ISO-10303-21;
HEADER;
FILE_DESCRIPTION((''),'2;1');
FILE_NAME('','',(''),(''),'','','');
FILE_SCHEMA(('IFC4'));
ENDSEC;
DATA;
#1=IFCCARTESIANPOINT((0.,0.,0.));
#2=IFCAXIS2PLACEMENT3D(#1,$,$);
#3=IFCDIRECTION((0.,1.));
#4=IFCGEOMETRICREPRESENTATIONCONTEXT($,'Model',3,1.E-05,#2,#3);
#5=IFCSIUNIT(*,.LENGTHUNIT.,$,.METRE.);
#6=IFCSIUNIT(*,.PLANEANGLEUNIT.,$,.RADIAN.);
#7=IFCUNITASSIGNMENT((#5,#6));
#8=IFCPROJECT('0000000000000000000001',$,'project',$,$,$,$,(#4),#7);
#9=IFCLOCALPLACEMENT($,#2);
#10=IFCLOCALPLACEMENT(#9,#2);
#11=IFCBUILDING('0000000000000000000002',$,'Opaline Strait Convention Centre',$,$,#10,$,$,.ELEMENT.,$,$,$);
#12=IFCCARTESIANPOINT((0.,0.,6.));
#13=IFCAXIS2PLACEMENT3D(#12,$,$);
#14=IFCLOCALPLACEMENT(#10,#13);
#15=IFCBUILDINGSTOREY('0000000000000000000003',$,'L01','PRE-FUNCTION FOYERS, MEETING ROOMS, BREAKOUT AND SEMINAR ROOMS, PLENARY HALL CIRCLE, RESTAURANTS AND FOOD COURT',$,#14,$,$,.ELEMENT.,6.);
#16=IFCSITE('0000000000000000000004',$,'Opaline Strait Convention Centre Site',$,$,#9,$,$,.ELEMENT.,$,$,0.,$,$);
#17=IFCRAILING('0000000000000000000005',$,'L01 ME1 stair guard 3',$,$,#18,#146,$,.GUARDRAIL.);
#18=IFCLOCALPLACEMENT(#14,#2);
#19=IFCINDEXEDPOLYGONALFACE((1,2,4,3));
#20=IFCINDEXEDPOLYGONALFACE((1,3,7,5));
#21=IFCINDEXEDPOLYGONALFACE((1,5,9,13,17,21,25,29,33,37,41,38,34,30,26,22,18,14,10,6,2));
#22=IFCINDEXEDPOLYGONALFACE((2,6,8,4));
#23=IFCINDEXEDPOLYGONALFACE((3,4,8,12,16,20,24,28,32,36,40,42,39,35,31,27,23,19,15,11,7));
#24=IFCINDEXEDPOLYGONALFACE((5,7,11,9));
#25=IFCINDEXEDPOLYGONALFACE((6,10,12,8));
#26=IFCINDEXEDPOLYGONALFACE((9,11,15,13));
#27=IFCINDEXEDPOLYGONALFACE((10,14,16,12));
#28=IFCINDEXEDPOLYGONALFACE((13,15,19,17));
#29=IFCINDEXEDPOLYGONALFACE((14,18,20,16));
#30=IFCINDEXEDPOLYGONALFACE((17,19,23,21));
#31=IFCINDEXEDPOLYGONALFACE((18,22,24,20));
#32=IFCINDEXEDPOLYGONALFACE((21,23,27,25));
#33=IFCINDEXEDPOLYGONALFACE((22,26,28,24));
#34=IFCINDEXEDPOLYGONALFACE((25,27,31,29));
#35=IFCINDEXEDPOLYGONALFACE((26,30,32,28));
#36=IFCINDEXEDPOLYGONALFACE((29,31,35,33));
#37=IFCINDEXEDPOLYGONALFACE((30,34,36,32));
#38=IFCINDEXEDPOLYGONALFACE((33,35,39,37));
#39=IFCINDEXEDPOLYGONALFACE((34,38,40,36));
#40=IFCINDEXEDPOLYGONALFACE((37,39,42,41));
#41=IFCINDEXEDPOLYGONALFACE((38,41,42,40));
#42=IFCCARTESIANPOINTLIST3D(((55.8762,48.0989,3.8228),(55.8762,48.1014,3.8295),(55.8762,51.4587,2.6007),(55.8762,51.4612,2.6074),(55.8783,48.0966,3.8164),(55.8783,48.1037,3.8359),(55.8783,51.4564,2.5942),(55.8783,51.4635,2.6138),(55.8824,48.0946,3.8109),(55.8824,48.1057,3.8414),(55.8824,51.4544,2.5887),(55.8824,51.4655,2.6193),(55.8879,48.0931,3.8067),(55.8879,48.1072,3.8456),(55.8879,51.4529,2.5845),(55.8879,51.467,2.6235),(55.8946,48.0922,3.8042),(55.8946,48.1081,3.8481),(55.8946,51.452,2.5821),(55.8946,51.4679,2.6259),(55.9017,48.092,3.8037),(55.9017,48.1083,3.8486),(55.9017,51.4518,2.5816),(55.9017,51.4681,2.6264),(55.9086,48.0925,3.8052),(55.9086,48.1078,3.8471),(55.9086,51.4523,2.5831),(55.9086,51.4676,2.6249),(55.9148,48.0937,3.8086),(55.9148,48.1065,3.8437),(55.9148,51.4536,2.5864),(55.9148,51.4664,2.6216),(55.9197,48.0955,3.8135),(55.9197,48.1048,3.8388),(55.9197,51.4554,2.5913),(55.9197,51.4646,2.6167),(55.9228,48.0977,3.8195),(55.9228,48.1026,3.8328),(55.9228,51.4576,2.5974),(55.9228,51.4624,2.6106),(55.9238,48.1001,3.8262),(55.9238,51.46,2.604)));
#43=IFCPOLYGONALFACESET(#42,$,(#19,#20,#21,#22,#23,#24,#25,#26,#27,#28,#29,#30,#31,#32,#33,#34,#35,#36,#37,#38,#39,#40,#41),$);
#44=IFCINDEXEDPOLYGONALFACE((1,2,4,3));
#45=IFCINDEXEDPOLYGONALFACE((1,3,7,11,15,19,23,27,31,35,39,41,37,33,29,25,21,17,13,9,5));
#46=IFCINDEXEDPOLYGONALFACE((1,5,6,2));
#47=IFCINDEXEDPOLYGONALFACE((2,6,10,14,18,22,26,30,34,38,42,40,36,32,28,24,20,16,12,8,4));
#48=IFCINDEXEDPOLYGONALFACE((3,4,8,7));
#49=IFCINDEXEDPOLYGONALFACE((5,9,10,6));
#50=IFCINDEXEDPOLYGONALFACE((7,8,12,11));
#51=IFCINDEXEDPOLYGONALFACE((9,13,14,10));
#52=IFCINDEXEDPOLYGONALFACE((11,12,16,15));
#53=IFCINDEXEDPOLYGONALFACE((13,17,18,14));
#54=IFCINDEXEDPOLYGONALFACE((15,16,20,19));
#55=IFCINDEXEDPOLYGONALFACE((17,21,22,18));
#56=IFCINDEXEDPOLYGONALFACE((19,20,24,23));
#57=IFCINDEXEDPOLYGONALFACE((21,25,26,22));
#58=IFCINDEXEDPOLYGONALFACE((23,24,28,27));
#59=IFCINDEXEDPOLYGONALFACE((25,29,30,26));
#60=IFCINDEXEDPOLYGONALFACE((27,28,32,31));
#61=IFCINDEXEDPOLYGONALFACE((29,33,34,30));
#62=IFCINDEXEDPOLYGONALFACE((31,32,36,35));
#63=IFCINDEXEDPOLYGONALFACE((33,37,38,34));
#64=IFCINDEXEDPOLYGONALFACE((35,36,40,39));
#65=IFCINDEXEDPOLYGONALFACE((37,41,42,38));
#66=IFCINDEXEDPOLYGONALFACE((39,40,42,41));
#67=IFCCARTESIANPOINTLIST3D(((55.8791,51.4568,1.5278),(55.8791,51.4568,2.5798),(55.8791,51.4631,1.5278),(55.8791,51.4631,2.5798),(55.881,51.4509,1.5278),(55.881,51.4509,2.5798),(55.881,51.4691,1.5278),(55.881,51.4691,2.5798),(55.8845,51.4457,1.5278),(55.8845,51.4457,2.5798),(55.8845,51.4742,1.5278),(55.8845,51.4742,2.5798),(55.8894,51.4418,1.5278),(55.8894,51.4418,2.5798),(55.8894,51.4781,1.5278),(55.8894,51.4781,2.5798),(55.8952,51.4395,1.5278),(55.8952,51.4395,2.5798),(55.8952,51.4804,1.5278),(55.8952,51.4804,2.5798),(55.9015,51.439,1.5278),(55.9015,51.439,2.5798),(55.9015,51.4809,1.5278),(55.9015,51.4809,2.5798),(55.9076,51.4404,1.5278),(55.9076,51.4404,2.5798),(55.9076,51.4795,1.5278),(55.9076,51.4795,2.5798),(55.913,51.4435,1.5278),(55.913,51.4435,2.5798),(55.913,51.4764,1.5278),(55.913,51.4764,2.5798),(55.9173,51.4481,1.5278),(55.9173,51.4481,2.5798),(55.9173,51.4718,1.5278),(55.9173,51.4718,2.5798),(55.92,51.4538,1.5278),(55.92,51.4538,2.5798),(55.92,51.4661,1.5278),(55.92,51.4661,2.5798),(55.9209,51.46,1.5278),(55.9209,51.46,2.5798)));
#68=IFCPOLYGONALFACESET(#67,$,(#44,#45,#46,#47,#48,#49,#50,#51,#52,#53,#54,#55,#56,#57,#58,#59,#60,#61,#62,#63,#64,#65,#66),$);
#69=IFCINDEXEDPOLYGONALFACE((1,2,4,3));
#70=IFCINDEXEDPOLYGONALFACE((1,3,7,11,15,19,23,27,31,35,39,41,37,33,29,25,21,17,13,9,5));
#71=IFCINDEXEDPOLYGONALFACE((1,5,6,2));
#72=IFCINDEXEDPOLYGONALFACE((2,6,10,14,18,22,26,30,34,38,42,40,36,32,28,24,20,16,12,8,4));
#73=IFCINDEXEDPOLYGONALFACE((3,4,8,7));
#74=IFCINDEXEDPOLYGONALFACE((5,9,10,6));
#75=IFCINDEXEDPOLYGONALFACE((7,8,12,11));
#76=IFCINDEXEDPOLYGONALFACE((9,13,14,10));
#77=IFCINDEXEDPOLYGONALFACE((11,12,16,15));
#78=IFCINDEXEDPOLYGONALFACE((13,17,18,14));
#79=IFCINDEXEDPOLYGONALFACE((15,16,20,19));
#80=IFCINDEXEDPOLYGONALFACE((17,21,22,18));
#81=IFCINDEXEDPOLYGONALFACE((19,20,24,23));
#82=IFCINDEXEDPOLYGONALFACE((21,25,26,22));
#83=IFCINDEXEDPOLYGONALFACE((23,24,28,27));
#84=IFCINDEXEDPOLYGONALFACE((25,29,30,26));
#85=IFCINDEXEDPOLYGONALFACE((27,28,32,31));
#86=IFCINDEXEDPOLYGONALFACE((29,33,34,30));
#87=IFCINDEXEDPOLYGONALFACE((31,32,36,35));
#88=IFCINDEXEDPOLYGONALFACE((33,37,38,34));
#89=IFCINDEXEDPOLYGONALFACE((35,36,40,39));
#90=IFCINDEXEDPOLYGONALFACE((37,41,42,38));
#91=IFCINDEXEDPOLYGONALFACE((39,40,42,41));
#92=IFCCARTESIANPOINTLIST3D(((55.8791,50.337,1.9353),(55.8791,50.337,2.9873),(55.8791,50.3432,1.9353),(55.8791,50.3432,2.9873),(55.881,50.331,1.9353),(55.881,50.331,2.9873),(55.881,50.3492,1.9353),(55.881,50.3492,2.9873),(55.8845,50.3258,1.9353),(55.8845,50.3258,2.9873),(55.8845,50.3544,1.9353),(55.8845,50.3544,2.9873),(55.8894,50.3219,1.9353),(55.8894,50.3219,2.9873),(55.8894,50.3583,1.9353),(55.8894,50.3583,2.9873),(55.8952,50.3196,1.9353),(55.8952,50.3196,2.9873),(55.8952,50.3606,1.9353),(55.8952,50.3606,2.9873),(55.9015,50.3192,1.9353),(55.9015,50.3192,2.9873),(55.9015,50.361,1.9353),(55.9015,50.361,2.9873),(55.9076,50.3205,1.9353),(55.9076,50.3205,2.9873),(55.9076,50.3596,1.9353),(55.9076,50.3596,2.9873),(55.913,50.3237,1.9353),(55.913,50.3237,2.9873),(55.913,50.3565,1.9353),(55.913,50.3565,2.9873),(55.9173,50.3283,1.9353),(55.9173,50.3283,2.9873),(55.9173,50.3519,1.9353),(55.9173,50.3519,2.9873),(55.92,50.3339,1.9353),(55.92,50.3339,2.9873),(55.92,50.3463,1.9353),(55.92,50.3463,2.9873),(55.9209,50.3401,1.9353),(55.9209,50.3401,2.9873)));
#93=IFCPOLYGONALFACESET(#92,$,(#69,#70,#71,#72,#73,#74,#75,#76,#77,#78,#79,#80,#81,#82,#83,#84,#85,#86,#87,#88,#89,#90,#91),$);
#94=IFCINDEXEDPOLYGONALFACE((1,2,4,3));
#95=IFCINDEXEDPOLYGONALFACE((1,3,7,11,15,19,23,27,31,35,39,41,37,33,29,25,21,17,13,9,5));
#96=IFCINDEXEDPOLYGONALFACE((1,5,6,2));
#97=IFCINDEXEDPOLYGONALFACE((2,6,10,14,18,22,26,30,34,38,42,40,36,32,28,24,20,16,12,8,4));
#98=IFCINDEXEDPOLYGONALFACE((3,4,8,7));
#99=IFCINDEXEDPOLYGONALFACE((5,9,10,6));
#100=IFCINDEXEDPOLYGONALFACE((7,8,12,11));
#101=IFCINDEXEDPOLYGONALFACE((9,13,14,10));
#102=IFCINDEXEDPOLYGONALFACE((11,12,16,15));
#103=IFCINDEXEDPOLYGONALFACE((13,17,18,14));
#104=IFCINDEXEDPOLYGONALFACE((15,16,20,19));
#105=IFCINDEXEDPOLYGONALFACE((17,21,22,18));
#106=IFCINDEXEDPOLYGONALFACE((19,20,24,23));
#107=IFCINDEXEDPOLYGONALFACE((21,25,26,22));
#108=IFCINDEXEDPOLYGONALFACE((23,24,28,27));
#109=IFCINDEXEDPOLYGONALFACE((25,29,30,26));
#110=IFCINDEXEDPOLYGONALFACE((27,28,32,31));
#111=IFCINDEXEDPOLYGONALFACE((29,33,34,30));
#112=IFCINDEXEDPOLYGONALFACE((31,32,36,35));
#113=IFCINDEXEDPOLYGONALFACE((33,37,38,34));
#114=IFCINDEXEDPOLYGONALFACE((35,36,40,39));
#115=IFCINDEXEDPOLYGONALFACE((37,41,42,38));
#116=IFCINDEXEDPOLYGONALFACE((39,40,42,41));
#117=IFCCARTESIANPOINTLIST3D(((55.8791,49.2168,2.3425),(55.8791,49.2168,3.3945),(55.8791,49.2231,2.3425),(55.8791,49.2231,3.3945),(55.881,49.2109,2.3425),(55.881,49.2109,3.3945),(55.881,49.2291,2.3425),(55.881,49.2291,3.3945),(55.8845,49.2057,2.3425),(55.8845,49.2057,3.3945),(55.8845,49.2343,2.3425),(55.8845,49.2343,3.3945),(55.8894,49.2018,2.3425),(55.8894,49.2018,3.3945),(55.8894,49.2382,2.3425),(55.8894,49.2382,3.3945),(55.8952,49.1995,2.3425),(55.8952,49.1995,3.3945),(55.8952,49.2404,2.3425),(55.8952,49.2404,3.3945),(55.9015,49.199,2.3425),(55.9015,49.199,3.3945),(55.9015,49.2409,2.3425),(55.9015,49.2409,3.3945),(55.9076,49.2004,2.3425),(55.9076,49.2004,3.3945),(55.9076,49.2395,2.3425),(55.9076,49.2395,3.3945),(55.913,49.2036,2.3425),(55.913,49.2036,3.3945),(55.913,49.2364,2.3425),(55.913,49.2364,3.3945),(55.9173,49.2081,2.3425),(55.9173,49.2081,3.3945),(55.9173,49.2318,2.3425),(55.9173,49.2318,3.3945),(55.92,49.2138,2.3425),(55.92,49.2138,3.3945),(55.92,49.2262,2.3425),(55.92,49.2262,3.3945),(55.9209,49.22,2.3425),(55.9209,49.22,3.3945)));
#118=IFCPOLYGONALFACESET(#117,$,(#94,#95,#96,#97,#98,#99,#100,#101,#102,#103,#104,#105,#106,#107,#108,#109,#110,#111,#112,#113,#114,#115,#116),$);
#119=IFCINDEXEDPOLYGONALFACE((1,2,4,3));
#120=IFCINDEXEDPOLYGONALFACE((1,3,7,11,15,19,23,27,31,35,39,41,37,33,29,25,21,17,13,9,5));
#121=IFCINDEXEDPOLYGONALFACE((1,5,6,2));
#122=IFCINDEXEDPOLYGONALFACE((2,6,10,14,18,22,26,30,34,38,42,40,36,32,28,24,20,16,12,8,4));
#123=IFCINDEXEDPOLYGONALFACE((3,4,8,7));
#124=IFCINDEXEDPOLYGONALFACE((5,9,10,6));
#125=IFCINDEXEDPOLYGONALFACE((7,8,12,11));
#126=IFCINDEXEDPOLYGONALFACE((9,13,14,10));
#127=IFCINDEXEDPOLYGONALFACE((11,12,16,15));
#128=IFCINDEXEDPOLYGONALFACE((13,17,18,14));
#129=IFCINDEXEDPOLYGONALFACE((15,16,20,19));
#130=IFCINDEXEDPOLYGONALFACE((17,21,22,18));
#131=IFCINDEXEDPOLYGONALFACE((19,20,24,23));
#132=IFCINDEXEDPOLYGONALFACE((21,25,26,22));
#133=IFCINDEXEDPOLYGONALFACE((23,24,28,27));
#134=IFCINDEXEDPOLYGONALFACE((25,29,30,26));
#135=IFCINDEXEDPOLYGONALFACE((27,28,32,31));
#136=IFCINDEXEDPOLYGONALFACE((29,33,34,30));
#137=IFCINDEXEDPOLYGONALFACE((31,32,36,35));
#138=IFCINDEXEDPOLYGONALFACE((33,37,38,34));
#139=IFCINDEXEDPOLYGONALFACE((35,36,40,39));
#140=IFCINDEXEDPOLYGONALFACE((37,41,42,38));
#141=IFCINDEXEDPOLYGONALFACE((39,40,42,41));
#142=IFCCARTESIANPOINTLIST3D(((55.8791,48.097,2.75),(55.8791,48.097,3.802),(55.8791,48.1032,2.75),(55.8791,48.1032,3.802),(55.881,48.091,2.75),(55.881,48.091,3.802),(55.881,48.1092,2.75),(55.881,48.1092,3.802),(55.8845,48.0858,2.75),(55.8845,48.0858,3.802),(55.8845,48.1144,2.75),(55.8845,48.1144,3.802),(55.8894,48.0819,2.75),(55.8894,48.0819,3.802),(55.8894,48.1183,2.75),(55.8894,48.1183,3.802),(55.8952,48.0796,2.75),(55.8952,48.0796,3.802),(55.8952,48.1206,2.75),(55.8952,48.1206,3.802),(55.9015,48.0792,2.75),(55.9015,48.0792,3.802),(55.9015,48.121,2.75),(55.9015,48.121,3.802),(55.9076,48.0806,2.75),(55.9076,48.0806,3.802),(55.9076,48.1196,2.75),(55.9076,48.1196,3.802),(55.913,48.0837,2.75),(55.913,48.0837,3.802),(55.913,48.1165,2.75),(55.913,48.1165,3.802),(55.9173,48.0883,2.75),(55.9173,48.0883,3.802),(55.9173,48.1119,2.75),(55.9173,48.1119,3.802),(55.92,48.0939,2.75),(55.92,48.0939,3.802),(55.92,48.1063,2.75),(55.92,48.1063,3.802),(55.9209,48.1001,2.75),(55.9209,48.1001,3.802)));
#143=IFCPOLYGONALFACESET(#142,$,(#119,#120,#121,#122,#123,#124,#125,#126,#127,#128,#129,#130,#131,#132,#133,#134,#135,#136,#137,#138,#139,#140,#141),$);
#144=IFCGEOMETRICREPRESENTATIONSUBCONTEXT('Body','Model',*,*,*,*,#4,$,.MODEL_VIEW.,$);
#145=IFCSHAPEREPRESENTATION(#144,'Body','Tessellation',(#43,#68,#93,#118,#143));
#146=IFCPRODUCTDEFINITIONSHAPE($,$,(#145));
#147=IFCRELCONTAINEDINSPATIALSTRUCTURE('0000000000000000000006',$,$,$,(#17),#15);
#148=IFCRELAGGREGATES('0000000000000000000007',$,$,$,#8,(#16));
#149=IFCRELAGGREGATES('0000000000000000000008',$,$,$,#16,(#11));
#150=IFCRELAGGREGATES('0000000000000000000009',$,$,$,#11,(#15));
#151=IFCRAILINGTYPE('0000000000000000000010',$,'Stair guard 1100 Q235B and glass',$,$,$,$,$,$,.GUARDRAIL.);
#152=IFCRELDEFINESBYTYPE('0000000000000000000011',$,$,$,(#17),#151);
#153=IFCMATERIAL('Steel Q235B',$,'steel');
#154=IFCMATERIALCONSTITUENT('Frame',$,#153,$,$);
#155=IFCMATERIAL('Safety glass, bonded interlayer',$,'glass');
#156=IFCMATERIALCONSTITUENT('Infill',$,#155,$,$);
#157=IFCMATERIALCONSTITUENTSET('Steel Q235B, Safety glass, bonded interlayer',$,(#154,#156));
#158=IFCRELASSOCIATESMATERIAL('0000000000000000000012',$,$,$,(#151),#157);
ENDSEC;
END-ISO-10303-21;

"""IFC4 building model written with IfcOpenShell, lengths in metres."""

from ifc_helpers import new_model, si_unit, direction, frame, origin, origin_2d, place, context, subcontext, project, spatial, circle, extrude, material, constituent, constituent_set, type_object, element, save


model = new_model("IFC4")

# Units and contexts
model_context = context("Model", 3, precision=1e-05, world=origin(), true_north=direction((0.0, 1.0)))
body_context = subcontext(model_context, "Body", "Model", "MODEL_VIEW")
ifc_project = project(units=[si_unit("LENGTHUNIT", "METRE"), si_unit("PLANEANGLEUNIT", "RADIAN")], contexts=[model_context])

# Site, building, storey
site_placement = place(None, origin())
site = spatial("IfcSite", under=ifc_project, at=site_placement, Name="Opaline Strait Convention Centre Site", CompositionType="ELEMENT", RefElevation=0.0)
building_placement = place(site_placement, origin())
building = spatial("IfcBuilding", under=site, at=building_placement, Name="Opaline Strait Convention Centre", CompositionType="ELEMENT")
storey_placement = place(building_placement, frame((0.0, 0.0, 6.0)))
storey = spatial("IfcBuildingStorey", under=building, at=storey_placement, Name="L01", Description="PRE-FUNCTION FOYERS, MEETING ROOMS, BREAKOUT AND SEMINAR ROOMS, PLENARY HALL CIRCLE, RESTAURANTS AND FOOD COURT", CompositionType="ELEMENT", Elevation=6.0)

# Railing
ifc_material_1 = material(Name="Steel Q235B", Category="steel")
ifc_constituent_1 = constituent(ifc_material_1, Name="Frame")
ifc_material_2 = material(Name="Safety glass, bonded interlayer", Category="glass")
ifc_constituent_2 = constituent(ifc_material_2, Name="Infill")
ifc_constituent_set = constituent_set(constituents=[ifc_constituent_1, ifc_constituent_2], Name="Steel Q235B, Safety glass, bonded interlayer")
railing_type_1 = type_object("IfcRailingType", Name="Stair guard 1100 Q235B and glass", PredefinedType="GUARDRAIL", material=ifc_constituent_set)
for number, where, name in (
    (1, (55.8999, 51.46, 1.5278), "L01 ME1 stair guard 3"),
):
    element("IfcRailing", number, at=place(storey_placement, frame(where)), inside=storey, type_object=railing_type_1, Name=name, PredefinedType="GUARDRAIL", context=body_context, shape_type="SweptSolid", body=[
        extrude(circle(Radius=0.0239, at=origin_2d()), frame((0.0, 0.0, 1.0762), z_axis=(0.0, -0.939758, 0.341842), x_axis=(1.0, 0.0, 0.0)), (0.0, 0.0, 1.0), 3.5752),
        extrude(circle(Radius=0.021, at=origin_2d()), origin(), (0.0, 0.0, 1.0), 1.052),
        extrude(circle(Radius=0.021, at=origin_2d()), frame((0.0, -1.1199, 0.4075)), (0.0, 0.0, 1.0), 1.052),
        extrude(circle(Radius=0.021, at=origin_2d()), frame((0.0, -2.24, 0.8147)), (0.0, 0.0, 1.0), 1.052),
        extrude(circle(Radius=0.021, at=origin_2d()), frame((0.0, -3.3599, 1.2222)), (0.0, 0.0, 1.0), 1.052),
    ])

save(model, "model.ifc")
